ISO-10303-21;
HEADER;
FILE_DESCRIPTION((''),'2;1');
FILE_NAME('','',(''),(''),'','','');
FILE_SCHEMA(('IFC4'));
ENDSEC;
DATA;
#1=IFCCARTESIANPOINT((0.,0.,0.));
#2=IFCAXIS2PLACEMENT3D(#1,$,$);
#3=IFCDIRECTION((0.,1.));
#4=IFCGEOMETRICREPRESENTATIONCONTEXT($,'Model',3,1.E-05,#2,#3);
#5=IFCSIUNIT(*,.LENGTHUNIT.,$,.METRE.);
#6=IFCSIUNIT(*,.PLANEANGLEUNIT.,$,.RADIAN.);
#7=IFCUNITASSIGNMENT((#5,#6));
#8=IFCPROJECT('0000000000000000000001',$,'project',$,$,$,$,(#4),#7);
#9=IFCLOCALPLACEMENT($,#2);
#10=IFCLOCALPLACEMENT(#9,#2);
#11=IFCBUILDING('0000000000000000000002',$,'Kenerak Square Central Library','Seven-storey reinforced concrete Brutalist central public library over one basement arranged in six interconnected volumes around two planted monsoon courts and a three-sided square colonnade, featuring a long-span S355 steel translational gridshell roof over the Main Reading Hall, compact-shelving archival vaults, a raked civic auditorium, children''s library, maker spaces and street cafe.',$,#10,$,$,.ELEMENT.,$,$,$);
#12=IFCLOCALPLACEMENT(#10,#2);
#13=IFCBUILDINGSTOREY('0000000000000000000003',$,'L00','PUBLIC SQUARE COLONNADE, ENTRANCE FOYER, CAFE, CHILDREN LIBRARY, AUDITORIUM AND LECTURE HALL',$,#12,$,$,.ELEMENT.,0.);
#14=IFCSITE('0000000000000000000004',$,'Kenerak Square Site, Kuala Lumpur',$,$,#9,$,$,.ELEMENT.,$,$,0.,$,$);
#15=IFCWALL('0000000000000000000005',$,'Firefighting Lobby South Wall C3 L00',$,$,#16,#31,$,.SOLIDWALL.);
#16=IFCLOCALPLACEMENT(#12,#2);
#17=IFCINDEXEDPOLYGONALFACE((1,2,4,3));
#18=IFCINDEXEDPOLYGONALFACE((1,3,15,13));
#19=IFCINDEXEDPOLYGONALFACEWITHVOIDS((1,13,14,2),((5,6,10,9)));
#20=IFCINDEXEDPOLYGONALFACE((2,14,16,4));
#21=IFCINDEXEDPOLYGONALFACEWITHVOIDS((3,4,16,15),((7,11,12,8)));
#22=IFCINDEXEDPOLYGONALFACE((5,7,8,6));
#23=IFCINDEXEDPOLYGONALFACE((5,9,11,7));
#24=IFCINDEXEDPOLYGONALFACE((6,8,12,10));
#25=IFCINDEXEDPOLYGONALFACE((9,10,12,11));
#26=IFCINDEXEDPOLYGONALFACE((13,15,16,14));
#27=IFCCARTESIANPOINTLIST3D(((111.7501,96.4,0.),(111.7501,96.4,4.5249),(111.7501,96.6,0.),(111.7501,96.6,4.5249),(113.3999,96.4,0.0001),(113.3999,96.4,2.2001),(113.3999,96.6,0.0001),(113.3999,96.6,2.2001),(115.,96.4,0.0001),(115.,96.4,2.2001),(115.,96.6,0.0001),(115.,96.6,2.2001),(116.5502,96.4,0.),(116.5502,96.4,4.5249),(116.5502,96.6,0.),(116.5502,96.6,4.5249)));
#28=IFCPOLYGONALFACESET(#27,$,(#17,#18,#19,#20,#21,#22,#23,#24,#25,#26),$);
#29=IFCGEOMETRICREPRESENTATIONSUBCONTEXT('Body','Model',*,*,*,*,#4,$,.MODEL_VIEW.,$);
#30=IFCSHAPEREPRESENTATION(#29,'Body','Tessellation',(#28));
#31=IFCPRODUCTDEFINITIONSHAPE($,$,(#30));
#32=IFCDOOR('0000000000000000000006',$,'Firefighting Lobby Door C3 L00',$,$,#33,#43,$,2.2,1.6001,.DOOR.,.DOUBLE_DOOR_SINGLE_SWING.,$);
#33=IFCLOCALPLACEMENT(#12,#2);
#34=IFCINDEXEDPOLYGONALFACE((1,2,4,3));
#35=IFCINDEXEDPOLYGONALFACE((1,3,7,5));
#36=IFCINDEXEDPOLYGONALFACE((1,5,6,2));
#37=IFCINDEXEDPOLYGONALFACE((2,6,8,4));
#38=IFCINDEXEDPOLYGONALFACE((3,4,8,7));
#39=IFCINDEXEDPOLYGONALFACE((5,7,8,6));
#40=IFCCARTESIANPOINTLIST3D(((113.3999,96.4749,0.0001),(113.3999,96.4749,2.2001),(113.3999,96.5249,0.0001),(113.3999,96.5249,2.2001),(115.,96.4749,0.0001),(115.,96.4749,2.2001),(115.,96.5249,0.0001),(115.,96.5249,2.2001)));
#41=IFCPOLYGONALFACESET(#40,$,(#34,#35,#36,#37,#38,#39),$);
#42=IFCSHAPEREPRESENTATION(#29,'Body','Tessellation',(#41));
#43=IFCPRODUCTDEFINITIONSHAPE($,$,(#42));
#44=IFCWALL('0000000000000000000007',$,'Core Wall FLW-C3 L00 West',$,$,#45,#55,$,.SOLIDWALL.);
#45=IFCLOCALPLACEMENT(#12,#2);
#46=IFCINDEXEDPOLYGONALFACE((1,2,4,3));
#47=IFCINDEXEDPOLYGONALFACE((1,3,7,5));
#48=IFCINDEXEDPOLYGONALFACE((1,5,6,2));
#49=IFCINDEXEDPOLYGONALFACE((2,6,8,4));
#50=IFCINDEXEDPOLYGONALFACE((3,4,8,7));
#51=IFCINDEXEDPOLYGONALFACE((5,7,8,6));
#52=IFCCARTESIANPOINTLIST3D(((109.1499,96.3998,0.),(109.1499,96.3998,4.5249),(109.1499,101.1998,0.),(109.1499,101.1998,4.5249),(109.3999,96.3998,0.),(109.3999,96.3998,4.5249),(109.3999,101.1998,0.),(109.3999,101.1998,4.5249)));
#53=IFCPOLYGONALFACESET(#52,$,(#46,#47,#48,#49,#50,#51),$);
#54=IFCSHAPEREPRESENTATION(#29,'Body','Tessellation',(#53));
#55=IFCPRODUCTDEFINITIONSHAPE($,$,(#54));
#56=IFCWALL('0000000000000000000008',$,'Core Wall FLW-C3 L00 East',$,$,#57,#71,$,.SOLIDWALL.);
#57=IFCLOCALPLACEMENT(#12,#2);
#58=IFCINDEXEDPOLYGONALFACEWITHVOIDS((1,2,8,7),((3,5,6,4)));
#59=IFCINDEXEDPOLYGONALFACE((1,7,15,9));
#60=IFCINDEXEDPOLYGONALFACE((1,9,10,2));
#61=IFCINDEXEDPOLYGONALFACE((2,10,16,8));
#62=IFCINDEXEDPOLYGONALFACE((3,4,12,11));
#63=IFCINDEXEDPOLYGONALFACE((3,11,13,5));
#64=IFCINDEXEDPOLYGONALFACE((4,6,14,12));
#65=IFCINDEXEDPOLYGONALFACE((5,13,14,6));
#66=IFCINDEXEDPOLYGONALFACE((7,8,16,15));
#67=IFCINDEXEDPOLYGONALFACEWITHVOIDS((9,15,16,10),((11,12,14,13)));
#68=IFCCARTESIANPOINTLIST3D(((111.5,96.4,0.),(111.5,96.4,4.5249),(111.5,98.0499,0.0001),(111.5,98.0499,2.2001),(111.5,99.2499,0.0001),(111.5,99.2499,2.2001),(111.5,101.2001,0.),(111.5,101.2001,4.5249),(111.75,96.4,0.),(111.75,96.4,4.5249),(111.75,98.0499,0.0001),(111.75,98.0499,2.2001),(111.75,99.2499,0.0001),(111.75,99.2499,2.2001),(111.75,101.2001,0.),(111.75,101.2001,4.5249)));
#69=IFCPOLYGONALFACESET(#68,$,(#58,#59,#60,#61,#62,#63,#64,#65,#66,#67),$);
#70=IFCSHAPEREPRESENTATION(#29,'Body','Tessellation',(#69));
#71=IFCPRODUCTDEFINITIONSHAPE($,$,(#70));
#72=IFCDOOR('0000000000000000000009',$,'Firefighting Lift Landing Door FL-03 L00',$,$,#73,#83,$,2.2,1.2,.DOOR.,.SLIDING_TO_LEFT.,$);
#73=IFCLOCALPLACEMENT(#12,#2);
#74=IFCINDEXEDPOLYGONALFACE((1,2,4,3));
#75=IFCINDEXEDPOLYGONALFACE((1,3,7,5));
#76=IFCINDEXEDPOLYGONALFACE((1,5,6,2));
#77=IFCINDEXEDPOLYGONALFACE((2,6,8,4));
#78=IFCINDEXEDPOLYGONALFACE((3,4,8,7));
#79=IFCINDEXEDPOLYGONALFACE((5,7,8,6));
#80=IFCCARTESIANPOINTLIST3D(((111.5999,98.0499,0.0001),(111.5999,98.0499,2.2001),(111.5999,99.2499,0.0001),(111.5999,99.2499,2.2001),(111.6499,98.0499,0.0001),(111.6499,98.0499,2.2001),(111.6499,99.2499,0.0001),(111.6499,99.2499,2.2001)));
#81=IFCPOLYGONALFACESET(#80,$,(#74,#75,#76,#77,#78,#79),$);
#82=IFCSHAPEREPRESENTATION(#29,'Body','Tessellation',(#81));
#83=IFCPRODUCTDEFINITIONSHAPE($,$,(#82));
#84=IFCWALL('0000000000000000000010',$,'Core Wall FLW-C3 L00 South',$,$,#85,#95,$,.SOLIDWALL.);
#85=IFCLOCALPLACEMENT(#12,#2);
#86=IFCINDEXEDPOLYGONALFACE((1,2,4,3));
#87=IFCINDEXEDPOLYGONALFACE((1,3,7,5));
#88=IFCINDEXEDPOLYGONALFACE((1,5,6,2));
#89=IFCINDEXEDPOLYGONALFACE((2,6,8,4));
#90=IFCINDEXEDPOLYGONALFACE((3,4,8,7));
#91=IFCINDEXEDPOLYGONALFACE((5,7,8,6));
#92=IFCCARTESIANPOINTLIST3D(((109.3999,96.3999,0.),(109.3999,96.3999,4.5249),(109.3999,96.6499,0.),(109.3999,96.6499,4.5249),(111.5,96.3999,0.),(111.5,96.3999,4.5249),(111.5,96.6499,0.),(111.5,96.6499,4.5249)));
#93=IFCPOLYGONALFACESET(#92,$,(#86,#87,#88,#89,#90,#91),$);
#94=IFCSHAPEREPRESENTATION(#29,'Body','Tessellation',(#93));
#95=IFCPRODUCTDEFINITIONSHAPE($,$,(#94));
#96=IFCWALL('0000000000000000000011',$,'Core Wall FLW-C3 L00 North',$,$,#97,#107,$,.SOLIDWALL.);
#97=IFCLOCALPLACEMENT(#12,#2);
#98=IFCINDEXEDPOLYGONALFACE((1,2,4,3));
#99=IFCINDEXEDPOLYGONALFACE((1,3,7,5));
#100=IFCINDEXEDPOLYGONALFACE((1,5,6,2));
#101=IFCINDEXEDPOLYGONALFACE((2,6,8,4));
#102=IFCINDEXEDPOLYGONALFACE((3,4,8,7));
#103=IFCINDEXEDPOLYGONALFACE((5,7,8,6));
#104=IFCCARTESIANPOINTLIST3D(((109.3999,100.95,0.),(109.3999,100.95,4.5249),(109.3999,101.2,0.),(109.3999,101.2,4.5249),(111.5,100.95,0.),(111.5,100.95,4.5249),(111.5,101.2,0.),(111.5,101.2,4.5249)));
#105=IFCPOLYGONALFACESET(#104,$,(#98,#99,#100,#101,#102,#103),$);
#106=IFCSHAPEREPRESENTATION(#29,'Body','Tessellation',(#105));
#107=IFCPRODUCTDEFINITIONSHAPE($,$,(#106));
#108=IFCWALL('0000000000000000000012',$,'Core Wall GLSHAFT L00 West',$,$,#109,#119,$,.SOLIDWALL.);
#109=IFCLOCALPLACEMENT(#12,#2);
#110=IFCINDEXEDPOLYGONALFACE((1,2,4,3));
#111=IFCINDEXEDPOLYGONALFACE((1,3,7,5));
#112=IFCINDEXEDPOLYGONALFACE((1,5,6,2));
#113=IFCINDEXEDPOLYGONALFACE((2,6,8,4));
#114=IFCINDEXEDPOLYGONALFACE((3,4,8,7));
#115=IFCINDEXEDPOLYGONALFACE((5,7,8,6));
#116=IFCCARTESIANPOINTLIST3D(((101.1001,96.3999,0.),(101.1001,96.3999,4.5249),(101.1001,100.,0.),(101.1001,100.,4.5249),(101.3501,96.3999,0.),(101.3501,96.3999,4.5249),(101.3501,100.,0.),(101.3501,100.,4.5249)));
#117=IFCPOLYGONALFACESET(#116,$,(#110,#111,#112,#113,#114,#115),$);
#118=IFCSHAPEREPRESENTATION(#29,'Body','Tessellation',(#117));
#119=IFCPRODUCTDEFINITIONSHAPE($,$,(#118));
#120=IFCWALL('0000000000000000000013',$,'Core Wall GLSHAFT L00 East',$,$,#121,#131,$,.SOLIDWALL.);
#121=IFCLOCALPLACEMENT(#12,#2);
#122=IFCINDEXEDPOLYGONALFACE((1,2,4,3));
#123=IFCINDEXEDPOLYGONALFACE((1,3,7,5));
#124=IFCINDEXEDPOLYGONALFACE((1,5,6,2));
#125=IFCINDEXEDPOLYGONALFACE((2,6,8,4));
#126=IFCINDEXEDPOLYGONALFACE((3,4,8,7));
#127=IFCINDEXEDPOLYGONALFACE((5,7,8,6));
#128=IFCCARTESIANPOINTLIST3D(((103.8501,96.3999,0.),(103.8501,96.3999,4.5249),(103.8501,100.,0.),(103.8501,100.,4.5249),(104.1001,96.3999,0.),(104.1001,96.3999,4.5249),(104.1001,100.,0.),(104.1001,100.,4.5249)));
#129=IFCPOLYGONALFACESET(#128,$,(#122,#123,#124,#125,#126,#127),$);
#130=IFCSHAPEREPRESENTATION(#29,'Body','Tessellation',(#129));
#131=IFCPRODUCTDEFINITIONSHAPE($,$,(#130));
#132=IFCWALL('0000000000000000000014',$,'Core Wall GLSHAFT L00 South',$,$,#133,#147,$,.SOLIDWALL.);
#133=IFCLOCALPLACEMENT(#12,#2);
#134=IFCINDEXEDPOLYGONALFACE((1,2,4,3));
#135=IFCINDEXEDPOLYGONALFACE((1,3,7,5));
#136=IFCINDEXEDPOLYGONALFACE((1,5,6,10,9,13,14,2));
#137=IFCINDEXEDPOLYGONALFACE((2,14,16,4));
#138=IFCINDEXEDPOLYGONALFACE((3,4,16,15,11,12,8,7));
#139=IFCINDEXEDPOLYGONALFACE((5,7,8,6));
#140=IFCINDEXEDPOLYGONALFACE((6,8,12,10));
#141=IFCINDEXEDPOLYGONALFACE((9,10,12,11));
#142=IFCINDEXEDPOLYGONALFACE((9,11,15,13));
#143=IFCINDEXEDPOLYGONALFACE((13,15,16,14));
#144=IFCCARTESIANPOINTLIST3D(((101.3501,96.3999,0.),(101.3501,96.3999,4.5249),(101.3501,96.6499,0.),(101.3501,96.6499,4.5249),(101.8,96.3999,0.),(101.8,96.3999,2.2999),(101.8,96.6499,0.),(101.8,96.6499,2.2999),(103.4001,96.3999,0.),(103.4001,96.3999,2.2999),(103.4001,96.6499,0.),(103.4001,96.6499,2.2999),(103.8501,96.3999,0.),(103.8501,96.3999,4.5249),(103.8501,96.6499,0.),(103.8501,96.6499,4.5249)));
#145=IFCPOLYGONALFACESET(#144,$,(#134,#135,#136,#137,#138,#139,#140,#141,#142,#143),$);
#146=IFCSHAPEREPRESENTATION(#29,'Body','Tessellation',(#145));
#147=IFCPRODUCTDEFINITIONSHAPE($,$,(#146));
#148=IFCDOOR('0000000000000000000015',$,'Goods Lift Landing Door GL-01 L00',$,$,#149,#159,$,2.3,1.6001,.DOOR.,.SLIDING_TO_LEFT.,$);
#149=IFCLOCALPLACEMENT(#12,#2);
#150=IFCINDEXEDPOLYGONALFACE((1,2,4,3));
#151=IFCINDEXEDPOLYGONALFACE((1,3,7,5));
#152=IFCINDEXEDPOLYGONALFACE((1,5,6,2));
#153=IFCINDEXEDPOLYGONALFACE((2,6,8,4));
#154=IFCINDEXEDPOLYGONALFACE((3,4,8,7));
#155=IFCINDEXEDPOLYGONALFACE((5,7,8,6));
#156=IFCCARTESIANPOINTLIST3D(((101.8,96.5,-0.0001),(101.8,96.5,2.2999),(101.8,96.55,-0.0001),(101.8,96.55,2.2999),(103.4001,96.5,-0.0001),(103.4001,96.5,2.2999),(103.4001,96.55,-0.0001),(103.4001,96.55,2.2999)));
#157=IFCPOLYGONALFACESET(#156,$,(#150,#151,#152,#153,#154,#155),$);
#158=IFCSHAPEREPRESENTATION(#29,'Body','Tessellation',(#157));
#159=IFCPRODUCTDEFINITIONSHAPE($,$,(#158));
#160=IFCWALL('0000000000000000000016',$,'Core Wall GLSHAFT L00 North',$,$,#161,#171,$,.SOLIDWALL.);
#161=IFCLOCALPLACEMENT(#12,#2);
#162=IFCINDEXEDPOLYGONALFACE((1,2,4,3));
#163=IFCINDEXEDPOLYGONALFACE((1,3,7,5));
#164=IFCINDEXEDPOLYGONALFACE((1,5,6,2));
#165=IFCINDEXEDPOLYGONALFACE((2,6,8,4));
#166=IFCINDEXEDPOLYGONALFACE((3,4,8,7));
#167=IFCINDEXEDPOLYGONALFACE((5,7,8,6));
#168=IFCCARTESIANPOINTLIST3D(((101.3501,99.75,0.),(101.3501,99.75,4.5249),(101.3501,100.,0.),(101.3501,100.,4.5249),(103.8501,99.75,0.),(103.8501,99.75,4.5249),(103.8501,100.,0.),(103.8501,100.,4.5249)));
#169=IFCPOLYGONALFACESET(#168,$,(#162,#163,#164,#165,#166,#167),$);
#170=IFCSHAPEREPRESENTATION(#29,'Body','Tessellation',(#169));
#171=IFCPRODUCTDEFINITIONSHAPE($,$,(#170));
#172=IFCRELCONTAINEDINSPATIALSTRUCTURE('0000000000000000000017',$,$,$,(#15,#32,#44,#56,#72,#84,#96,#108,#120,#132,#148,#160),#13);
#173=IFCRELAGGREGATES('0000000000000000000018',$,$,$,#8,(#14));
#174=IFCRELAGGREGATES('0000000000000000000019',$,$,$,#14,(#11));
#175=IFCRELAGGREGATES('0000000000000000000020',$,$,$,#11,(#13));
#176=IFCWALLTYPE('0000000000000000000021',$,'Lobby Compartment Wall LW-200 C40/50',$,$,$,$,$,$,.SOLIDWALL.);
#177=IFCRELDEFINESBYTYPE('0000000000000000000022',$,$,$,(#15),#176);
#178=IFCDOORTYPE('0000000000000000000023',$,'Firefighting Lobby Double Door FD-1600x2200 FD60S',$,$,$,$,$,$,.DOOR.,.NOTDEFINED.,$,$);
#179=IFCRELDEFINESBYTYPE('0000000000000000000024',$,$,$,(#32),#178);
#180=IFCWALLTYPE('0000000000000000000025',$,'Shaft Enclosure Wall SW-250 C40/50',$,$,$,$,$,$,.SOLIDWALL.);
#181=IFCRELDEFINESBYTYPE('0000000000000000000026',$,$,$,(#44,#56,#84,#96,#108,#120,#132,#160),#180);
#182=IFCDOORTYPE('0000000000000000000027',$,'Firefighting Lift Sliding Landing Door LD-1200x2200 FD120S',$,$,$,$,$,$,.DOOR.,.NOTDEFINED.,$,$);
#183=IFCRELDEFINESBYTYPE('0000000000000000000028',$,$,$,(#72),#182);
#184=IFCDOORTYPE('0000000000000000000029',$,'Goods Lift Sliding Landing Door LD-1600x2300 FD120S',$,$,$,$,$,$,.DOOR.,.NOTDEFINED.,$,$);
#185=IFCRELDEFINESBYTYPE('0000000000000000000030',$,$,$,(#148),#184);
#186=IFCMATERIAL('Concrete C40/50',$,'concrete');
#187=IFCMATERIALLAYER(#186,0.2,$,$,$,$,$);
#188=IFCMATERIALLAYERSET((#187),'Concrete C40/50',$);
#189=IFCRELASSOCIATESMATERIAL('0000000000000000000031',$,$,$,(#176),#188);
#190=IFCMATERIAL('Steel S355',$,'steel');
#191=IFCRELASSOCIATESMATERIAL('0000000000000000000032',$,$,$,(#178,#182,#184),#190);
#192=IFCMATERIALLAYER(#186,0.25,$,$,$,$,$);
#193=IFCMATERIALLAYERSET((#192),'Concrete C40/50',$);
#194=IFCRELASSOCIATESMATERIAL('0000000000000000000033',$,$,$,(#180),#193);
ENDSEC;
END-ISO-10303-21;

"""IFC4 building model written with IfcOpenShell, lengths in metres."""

from ifc_helpers import new_model, si_unit, direction, frame, frame_2d, origin, place, context, subcontext, project, spatial, rectangle, extrude, material, layer, layer_set, type_object, element, fill, save


model = new_model("IFC4")

# Units and contexts
model_context = context("Model", 3, precision=1e-05, world=origin(), true_north=direction((0.0, 1.0)))
body_context = subcontext(model_context, "Body", "Model", "MODEL_VIEW")
ifc_project = project(units=[si_unit("LENGTHUNIT", "METRE"), si_unit("PLANEANGLEUNIT", "RADIAN")], contexts=[model_context])

# Site, building, storey
site_placement = place(None, origin())
site = spatial("IfcSite", under=ifc_project, at=site_placement, Name="Kenerak Square Site, Kuala Lumpur", CompositionType="ELEMENT", RefElevation=0.0)
building_placement = place(site_placement, origin())
building = spatial("IfcBuilding", under=site, at=building_placement, Name="Kenerak Square Central Library", Description="Seven-storey reinforced concrete Brutalist central public library over one basement arranged in six interconnected volumes around two planted monsoon courts and a three-sided square colonnade, featuring a long-span S355 steel translational gridshell roof over the Main Reading Hall, compact-shelving archival vaults, a raked civic auditorium, children's library, maker spaces and street cafe.", CompositionType="ELEMENT")
storey_placement = place(building_placement, origin())
storey = spatial("IfcBuildingStorey", under=building, at=storey_placement, Name="L00", Description="PUBLIC SQUARE COLONNADE, ENTRANCE FOYER, CAFE, CHILDREN LIBRARY, AUDITORIUM AND LECTURE HALL", CompositionType="ELEMENT", Elevation=0.0)

# Shared definitions
ifc_material_1 = material(Name="Concrete C40/50", Category="concrete")

# Shared definitions
ifc_material_2 = material(Name="Steel S355", Category="steel")

# Shared definitions
ifc_layer_1 = layer(ifc_material_1, 0.2)
ifc_layer_set_1 = layer_set([ifc_layer_1], Name="Concrete C40/50")
wall_type_1 = type_object("IfcWallType", Name="Lobby Compartment Wall LW-200 C40/50", PredefinedType="SOLIDWALL", material=ifc_layer_set_1)

# Wall, opening, door
wall_1_placement = place(storey_placement, frame((116.55, 96.5, 0.0), z_axis=(0.0, 0.0, 1.0), x_axis=(-1.0, 0.0, 0.0)))
wall_1 = element("IfcWall", 1, at=wall_1_placement, inside=storey, type_object=wall_type_1, Name="Firefighting Lobby South Wall C3 L00", PredefinedType="SOLIDWALL", context=body_context, shape_type="SweptSolid", body=[
    extrude(rectangle(XDim=4.8, YDim=0.2, at=frame_2d((2.3999, 0.0))), origin(), (0.0, 0.0, 1.0), 4.5249),
])
opening_1_placement = place(wall_1_placement, frame((1.55, 0.0, 0.0)))
opening_1 = element("IfcOpeningElement", 2, at=opening_1_placement, cuts=wall_1, PredefinedType="OPENING", context=body_context, shape_type="SweptSolid", body=[
    extrude(rectangle(XDim=1.6001, YDim=2.2, at=frame_2d((0.8, 1.1001))), frame((0.0, 0.1099, 0.0), z_axis=(0.0, -1.0, 0.0), x_axis=(1.0, 0.0, 0.0)), (0.0, 0.0, 1.0), 0.22),
])
door_type_1 = type_object("IfcDoorType", Name="Firefighting Lobby Double Door FD-1600x2200 FD60S", OperationType="NOTDEFINED", PredefinedType="DOOR", material=ifc_material_2)
door_1_placement = place(opening_1_placement, frame((1.6001, 0.0, 0.0), z_axis=(0.0, 0.0, 1.0), x_axis=(-1.0, 0.0, 0.0)))
door_1 = element("IfcDoor", 3, at=door_1_placement, inside=storey, type_object=door_type_1, Name="Firefighting Lobby Door C3 L00", OperationType="DOUBLE_DOOR_SINGLE_SWING", OverallHeight=2.2, OverallWidth=1.6001, PredefinedType="DOOR", context=body_context, shape_type="SweptSolid", body=[
    extrude(rectangle(XDim=1.6001, YDim=2.2, at=frame_2d((0.8, 1.1001))), frame((0.0, 0.0249, 0.0), z_axis=(0.0, -1.0, 0.0), x_axis=(1.0, 0.0, 0.0)), (0.0, 0.0, 1.0), 0.05),
])
fill(opening_1, door_1)

# Wall
ifc_layer_2 = layer(ifc_material_1, 0.25)
ifc_layer_set_2 = layer_set([ifc_layer_2], Name="Concrete C40/50")
wall_type_2 = type_object("IfcWallType", Name="Shaft Enclosure Wall SW-250 C40/50", PredefinedType="SOLIDWALL", material=ifc_layer_set_2)
wall_2_placement = place(storey_placement, frame((109.2749, 96.3999, 0.0), z_axis=(0.0, 0.0, 1.0), x_axis=(0.0, 1.0, 0.0)))
element("IfcWall", 4, at=wall_2_placement, inside=storey, type_object=wall_type_2, Name="Core Wall FLW-C3 L00 West", PredefinedType="SOLIDWALL", context=body_context, shape_type="SweptSolid", body=[
    extrude(rectangle(XDim=4.8, YDim=0.25, at=frame_2d((2.3999, 0.0))), origin(), (0.0, 0.0, 1.0), 4.5249),
])

# Wall, opening, door
wall_3_placement = place(storey_placement, frame((111.625, 101.2, 0.0), z_axis=(0.0, 0.0, 1.0), x_axis=(0.0, -1.0, 0.0)))
wall_3 = element("IfcWall", 5, at=wall_3_placement, inside=storey, type_object=wall_type_2, Name="Core Wall FLW-C3 L00 East", PredefinedType="SOLIDWALL", context=body_context, shape_type="SweptSolid", body=[
    extrude(rectangle(XDim=4.8, YDim=0.25, at=frame_2d((2.3999, 0.0))), origin(), (0.0, 0.0, 1.0), 4.5249),
])
opening_2_placement = place(wall_3_placement, frame((1.95, 0.0, 0.0)))
opening_2 = element("IfcOpeningElement", 6, at=opening_2_placement, cuts=wall_3, PredefinedType="OPENING", context=body_context, shape_type="SweptSolid", body=[
    extrude(rectangle(XDim=1.2, YDim=2.2, at=frame_2d((0.6001, 1.1001))), frame((0.0, 0.135, 0.0), z_axis=(0.0, -1.0, 0.0), x_axis=(1.0, 0.0, 0.0)), (0.0, 0.0, 1.0), 0.27),
])
door_type_2 = type_object("IfcDoorType", Name="Firefighting Lift Sliding Landing Door LD-1200x2200 FD120S", OperationType="NOTDEFINED", PredefinedType="DOOR", material=ifc_material_2)
door_2_placement = place(opening_2_placement, origin())
door_2 = element("IfcDoor", 7, at=door_2_placement, inside=storey, type_object=door_type_2, Name="Firefighting Lift Landing Door FL-03 L00", OperationType="SLIDING_TO_LEFT", OverallHeight=2.2, OverallWidth=1.2, PredefinedType="DOOR", context=body_context, shape_type="SweptSolid", body=[
    extrude(rectangle(XDim=1.2, YDim=2.2, at=frame_2d((0.6001, 1.1001))), frame((0.0, 0.0249, 0.0), z_axis=(0.0, -1.0, 0.0), x_axis=(1.0, 0.0, 0.0)), (0.0, 0.0, 1.0), 0.05),
])
fill(opening_2, door_2)

# Walls
for number, where, z_axis, x_axis, name in (
    (8, (111.5, 96.5249, 0.0), (0.0, 0.0, 1.0), (-1.0, 0.0, 0.0), "Core Wall FLW-C3 L00 South"),
    (9, (109.3999, 101.075, 0.0), (0.0, 0.0, 1.0), (1.0, 0.0, 0.0), "Core Wall FLW-C3 L00 North"),
):
    element("IfcWall", number, at=place(storey_placement, frame(where, z_axis=z_axis, x_axis=x_axis)), inside=storey, type_object=wall_type_2, Name=name, PredefinedType="SOLIDWALL", context=body_context, shape_type="SweptSolid", body=[
        extrude(rectangle(XDim=2.1001, YDim=0.25, at=frame_2d((1.05, 0.0))), origin(), (0.0, 0.0, 1.0), 4.5249),
    ])
for number, where, z_axis, x_axis, name in (
    (10, (101.2251, 96.3999, 0.0), (0.0, 0.0, 1.0), (0.0, 1.0, 0.0), "Core Wall GLSHAFT L00 West"),
    (11, (103.9751, 100.0, 0.0), (0.0, 0.0, 1.0), (0.0, -1.0, 0.0), "Core Wall GLSHAFT L00 East"),
):
    element("IfcWall", number, at=place(storey_placement, frame(where, z_axis=z_axis, x_axis=x_axis)), inside=storey, type_object=wall_type_2, Name=name, PredefinedType="SOLIDWALL", context=body_context, shape_type="SweptSolid", body=[
        extrude(rectangle(XDim=3.6001, YDim=0.25, at=frame_2d((1.8, 0.0))), origin(), (0.0, 0.0, 1.0), 4.5249),
    ])

# Wall, opening, door
wall_4_placement = place(storey_placement, frame((103.8501, 96.5249, 0.0), z_axis=(0.0, 0.0, 1.0), x_axis=(-1.0, 0.0, 0.0)))
wall_4 = element("IfcWall", 12, at=wall_4_placement, inside=storey, type_object=wall_type_2, Name="Core Wall GLSHAFT L00 South", PredefinedType="SOLIDWALL", context=body_context, shape_type="SweptSolid", body=[
    extrude(rectangle(XDim=2.5, YDim=0.25, at=frame_2d((1.25, 0.0))), origin(), (0.0, 0.0, 1.0), 4.5249),
])
opening_3_placement = place(wall_4_placement, frame((0.45, 0.0, 0.0)))
opening_3 = element("IfcOpeningElement", 13, at=opening_3_placement, cuts=wall_4, PredefinedType="OPENING", context=body_context, shape_type="SweptSolid", body=[
    extrude(rectangle(XDim=1.6001, YDim=2.3, at=frame_2d((0.8, 1.1499))), frame((0.0, 0.135, 0.0), z_axis=(0.0, -1.0, 0.0), x_axis=(1.0, 0.0, 0.0)), (0.0, 0.0, 1.0), 0.27),
])
door_type_3 = type_object("IfcDoorType", Name="Goods Lift Sliding Landing Door LD-1600x2300 FD120S", OperationType="NOTDEFINED", PredefinedType="DOOR", material=ifc_material_2)
door_3_placement = place(opening_3_placement, origin())
door_3 = element("IfcDoor", 14, at=door_3_placement, inside=storey, type_object=door_type_3, Name="Goods Lift Landing Door GL-01 L00", OperationType="SLIDING_TO_LEFT", OverallHeight=2.3, OverallWidth=1.6001, PredefinedType="DOOR", context=body_context, shape_type="SweptSolid", body=[
    extrude(rectangle(XDim=1.6001, YDim=2.3, at=frame_2d((0.8, 1.1499))), frame((0.0, 0.0249, 0.0), z_axis=(0.0, -1.0, 0.0), x_axis=(1.0, 0.0, 0.0)), (0.0, 0.0, 1.0), 0.05),
])
fill(opening_3, door_3)

# Wall
wall_5_placement = place(storey_placement, frame((101.3501, 99.875, 0.0), z_axis=(0.0, 0.0, 1.0), x_axis=(1.0, 0.0, 0.0)))
element("IfcWall", 15, at=wall_5_placement, inside=storey, type_object=wall_type_2, Name="Core Wall GLSHAFT L00 North", PredefinedType="SOLIDWALL", context=body_context, shape_type="SweptSolid", body=[
    extrude(rectangle(XDim=2.5, YDim=0.25, at=frame_2d((1.25, 0.0))), origin(), (0.0, 0.0, 1.0), 4.5249),
])

save(model, "model.ifc")
